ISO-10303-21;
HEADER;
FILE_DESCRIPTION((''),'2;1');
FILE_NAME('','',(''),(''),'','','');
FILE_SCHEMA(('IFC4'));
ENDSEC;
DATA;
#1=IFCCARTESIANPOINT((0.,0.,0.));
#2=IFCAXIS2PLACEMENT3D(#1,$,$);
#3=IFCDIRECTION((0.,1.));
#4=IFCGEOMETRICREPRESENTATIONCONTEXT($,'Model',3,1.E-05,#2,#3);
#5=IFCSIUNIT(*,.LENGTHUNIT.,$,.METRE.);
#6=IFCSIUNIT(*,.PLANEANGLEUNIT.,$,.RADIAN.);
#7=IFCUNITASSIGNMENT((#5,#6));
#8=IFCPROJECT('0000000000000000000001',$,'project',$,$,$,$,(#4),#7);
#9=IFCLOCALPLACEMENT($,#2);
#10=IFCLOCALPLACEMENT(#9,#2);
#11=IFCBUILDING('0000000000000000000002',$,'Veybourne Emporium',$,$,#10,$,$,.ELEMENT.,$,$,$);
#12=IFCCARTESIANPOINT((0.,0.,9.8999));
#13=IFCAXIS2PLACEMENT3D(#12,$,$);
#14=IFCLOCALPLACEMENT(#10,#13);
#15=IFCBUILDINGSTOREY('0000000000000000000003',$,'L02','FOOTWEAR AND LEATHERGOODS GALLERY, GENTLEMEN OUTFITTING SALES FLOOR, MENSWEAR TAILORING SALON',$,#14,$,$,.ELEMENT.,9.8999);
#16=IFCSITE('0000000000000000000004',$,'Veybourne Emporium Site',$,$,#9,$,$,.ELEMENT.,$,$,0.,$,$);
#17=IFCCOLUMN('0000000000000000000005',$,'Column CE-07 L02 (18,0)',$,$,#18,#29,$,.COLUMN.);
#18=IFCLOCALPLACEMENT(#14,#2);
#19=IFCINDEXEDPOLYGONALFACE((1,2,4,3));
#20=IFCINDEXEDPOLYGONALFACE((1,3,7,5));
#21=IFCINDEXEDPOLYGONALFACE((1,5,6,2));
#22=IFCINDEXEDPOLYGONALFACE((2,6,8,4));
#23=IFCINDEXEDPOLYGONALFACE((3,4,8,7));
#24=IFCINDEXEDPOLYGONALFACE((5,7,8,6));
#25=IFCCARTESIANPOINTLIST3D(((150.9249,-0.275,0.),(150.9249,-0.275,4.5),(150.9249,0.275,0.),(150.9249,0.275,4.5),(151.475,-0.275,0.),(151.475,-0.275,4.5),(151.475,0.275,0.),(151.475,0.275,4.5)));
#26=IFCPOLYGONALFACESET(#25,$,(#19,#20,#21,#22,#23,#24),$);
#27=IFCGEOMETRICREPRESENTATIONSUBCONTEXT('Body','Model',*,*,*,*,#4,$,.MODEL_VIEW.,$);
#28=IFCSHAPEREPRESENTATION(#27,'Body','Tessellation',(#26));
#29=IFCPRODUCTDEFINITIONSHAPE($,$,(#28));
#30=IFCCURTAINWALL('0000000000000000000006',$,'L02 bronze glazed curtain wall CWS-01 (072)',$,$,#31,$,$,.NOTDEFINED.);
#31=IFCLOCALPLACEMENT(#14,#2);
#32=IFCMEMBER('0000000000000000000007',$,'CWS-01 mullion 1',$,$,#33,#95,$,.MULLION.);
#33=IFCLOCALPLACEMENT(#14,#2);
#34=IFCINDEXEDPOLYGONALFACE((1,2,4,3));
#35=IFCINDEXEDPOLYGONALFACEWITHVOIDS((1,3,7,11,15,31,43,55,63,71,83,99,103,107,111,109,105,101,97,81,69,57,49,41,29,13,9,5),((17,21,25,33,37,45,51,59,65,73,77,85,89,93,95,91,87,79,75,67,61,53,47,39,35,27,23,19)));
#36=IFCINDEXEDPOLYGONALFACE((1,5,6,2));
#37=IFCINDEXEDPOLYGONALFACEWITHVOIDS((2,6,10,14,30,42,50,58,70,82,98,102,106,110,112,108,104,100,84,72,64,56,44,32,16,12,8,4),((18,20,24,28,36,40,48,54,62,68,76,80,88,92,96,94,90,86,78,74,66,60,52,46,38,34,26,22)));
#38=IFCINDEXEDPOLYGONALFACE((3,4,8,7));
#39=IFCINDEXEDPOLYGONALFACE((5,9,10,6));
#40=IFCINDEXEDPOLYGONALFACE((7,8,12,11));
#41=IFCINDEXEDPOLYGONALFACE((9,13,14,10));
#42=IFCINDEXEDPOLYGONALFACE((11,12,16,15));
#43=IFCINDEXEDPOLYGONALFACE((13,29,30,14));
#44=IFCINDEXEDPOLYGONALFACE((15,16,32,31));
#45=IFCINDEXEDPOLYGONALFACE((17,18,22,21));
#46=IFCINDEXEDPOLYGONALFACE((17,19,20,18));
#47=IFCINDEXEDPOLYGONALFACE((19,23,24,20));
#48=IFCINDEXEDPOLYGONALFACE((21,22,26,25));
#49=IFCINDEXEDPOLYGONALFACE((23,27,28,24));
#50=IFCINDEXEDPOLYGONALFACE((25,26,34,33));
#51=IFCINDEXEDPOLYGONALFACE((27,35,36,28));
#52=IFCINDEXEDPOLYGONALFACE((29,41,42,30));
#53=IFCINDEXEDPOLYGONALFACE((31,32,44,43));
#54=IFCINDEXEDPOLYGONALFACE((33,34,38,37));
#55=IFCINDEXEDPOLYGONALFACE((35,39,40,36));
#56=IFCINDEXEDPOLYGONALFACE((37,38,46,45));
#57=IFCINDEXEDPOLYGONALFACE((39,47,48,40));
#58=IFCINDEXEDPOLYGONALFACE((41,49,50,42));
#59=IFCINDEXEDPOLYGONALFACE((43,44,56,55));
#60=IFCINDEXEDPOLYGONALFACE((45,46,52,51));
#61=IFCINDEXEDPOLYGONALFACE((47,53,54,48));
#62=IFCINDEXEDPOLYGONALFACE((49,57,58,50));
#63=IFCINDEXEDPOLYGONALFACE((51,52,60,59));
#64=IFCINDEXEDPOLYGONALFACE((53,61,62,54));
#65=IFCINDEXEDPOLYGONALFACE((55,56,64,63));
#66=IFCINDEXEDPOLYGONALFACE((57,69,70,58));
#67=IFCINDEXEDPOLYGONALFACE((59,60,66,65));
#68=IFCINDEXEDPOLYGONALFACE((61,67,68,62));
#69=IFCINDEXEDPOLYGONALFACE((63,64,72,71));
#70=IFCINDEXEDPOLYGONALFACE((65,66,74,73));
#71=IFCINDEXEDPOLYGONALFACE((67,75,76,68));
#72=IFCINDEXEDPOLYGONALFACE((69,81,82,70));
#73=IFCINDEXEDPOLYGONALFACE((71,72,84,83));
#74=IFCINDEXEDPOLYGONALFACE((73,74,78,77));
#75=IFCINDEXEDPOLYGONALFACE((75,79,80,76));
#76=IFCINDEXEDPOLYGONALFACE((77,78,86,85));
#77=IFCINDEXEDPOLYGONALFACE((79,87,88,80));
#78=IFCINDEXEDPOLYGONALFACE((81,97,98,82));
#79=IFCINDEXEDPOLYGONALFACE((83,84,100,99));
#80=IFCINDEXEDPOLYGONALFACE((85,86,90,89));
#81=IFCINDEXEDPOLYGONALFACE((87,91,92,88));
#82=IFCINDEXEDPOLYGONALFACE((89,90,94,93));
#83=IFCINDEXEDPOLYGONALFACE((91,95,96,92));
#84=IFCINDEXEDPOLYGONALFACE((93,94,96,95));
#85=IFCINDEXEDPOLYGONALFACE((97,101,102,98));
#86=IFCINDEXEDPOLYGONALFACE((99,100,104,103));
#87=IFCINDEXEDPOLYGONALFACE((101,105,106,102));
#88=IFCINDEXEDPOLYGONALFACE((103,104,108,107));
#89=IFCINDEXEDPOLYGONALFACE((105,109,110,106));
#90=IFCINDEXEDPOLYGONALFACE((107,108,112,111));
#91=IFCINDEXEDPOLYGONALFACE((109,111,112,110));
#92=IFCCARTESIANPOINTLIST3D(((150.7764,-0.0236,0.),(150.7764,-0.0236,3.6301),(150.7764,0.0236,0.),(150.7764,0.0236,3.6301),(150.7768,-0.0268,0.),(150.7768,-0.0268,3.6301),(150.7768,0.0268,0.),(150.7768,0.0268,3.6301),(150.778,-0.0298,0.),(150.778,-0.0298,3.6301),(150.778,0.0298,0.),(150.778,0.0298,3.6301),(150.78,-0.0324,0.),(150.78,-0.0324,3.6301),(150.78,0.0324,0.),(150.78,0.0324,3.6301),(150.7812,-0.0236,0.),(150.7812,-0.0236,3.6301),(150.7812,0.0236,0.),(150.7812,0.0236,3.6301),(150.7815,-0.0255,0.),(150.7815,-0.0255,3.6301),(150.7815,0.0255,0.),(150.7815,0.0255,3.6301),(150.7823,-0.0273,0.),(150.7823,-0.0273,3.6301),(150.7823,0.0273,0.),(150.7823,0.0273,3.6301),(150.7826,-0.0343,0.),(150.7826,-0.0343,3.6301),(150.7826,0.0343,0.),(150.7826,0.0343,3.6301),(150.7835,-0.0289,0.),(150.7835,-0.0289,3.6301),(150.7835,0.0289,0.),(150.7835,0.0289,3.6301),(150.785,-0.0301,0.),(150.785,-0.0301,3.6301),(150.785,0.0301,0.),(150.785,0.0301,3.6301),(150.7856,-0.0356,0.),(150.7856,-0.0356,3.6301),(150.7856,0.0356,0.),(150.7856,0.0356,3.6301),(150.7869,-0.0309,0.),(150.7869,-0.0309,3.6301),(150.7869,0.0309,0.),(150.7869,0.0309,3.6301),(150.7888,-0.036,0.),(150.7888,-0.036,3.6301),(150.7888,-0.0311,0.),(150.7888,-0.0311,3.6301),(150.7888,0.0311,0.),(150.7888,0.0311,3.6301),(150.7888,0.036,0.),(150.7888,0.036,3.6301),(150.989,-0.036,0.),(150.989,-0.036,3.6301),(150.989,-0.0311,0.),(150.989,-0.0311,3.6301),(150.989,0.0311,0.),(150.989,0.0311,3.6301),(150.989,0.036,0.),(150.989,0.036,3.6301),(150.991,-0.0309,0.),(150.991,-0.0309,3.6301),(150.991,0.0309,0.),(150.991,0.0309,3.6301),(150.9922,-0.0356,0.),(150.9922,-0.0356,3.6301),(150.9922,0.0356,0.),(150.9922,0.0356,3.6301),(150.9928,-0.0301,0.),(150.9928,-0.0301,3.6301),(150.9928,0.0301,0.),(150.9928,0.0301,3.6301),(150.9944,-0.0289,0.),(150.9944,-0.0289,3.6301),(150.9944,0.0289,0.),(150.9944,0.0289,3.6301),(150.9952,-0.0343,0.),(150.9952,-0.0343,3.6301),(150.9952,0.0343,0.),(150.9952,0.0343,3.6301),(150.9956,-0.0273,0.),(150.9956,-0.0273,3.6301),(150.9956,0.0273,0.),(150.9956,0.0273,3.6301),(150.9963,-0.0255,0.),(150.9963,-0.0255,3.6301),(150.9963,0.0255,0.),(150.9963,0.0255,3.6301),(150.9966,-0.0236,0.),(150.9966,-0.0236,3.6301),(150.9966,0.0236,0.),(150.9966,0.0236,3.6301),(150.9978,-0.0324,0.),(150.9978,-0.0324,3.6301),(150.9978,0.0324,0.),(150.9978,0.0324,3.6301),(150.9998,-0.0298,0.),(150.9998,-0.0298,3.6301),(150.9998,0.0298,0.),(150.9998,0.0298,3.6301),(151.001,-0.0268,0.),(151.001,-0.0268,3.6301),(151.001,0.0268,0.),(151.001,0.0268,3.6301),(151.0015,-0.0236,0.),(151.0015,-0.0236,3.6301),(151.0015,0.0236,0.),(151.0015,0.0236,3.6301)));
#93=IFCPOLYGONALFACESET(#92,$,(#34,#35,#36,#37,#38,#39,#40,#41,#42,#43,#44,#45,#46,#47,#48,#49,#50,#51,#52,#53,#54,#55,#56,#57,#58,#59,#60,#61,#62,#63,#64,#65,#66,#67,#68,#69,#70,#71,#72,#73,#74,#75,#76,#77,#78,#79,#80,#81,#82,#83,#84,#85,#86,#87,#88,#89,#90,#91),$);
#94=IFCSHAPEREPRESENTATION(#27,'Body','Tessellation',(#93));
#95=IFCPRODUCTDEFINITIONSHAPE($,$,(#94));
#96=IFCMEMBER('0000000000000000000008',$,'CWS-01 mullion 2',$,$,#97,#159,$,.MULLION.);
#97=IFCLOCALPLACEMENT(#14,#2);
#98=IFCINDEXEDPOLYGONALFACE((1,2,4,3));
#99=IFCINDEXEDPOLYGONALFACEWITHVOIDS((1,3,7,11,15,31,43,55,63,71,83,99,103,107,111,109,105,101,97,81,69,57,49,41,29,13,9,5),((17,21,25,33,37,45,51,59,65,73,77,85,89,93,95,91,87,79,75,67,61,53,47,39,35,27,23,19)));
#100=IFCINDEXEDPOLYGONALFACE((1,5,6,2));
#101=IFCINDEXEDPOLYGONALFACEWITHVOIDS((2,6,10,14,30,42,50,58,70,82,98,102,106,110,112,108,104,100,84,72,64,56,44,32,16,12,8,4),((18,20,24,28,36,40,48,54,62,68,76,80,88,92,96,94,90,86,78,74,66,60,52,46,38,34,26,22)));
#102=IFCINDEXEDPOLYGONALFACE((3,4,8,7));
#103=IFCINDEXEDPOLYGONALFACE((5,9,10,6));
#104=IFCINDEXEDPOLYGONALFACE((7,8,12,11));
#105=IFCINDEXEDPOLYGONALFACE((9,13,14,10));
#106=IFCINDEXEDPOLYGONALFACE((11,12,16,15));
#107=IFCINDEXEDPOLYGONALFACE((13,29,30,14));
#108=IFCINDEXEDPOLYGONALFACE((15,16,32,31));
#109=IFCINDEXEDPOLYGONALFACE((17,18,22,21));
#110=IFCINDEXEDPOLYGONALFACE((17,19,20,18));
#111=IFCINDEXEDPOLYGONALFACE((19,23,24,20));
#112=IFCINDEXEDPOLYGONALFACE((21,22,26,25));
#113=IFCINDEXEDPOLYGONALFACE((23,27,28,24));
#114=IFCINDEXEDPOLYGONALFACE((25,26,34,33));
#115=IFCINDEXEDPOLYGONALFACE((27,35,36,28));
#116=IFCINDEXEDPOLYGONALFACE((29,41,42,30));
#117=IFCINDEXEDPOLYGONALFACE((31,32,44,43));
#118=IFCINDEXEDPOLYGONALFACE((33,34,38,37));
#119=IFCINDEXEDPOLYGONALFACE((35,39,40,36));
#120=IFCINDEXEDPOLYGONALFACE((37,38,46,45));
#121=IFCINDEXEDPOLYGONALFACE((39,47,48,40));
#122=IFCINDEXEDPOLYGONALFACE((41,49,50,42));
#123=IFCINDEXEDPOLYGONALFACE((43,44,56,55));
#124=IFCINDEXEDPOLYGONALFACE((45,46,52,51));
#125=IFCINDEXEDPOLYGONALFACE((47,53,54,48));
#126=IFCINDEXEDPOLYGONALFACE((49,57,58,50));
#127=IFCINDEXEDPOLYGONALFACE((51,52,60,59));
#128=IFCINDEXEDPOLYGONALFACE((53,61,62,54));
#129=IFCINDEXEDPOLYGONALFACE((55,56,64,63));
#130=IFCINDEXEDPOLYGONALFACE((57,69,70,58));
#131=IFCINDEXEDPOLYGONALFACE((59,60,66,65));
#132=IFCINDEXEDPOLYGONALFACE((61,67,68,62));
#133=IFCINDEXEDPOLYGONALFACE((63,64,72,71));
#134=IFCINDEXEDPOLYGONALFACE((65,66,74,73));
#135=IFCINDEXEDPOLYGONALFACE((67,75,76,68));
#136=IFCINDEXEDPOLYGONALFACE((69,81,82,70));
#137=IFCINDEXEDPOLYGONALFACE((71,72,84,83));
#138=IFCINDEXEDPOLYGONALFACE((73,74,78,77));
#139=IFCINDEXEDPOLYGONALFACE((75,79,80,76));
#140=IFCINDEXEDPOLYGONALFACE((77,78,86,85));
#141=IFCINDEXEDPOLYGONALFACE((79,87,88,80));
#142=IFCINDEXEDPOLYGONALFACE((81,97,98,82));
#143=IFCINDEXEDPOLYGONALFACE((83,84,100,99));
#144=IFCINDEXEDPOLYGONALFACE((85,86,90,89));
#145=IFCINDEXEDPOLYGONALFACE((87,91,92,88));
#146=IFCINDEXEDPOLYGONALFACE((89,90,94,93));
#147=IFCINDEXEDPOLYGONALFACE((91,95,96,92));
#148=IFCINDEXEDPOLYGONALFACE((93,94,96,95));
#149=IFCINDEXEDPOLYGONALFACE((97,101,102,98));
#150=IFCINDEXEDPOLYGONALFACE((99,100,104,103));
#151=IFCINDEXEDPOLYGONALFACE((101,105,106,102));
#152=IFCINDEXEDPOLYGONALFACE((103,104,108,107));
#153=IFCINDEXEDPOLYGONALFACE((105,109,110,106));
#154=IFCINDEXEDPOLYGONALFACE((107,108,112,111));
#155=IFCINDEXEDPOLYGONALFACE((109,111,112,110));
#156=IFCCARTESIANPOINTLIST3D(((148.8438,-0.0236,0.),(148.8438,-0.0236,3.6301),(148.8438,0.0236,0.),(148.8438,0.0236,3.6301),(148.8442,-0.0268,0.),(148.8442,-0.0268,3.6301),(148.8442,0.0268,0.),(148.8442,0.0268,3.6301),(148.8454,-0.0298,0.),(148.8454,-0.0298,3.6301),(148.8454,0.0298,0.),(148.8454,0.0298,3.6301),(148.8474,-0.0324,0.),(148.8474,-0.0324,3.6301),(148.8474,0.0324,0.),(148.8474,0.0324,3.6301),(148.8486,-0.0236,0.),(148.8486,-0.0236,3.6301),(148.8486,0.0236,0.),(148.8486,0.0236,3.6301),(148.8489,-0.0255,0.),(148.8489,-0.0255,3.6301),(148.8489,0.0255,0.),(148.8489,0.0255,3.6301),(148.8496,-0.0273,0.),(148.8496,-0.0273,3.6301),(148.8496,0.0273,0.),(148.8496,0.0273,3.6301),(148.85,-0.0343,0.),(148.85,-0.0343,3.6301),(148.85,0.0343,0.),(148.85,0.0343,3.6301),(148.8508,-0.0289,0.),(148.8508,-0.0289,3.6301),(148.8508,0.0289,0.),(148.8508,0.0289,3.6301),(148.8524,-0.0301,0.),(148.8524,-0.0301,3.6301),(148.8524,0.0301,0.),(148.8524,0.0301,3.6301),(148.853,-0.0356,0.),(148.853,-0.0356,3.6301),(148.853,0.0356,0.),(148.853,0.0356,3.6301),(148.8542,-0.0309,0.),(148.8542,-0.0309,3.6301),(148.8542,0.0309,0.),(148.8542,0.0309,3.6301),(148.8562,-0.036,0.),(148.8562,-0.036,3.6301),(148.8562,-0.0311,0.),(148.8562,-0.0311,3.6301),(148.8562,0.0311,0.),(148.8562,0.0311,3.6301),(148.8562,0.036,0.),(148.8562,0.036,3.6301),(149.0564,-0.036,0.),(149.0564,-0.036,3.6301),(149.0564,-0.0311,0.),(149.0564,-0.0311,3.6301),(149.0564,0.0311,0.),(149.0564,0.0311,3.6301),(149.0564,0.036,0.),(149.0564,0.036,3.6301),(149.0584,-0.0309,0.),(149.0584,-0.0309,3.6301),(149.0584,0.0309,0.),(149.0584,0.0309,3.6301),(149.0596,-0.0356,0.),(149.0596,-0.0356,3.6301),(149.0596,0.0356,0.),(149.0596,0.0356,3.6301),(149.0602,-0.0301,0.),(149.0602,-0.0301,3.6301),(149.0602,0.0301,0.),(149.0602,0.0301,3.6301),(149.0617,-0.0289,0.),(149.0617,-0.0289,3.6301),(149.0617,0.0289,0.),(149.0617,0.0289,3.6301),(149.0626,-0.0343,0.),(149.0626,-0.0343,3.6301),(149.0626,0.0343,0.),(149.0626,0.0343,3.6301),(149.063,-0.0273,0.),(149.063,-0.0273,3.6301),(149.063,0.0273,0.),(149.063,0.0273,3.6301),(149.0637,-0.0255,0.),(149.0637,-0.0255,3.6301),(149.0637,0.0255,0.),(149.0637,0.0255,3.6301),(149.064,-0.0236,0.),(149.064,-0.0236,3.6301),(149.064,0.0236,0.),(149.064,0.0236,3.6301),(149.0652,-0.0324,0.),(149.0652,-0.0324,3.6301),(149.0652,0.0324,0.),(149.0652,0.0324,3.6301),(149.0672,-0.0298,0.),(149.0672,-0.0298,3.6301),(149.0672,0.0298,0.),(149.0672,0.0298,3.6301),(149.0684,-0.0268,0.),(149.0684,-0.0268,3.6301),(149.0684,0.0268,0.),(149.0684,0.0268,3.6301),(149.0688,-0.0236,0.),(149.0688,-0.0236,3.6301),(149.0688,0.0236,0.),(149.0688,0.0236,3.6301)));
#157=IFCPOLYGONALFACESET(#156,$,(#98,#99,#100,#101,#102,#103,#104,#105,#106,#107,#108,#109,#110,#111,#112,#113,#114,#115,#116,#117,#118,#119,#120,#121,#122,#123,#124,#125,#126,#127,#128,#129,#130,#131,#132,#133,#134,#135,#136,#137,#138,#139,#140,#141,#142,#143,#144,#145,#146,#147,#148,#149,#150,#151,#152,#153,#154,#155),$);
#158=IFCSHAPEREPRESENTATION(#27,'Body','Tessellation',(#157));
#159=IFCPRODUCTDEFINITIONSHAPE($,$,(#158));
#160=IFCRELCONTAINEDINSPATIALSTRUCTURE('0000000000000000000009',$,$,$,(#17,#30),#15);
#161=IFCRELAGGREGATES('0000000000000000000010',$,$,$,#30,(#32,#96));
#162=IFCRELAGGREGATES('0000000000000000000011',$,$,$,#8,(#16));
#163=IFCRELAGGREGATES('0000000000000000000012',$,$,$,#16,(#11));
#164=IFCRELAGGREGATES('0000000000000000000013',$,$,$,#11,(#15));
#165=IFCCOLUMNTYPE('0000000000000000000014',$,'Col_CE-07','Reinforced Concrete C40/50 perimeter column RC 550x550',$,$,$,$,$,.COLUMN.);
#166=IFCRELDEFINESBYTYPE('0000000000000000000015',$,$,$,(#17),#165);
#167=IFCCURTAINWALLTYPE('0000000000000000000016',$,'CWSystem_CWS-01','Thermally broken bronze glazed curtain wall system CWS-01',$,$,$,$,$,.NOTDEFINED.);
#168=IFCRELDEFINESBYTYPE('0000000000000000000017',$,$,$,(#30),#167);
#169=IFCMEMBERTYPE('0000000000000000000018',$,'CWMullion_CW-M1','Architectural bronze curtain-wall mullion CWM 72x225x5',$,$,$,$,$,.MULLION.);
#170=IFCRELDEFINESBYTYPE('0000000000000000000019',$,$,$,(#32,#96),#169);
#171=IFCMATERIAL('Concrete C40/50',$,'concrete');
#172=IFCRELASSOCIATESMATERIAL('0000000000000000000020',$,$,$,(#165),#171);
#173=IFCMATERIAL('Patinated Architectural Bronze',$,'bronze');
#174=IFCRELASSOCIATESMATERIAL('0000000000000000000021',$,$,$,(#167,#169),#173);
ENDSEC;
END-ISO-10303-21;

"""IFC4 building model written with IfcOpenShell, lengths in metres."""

from ifc_helpers import new_model, si_unit, direction, frame, origin, origin_2d, place, context, subcontext, project, spatial, rectangle, hollow_rectangle, extrude, material, material_profile, profile_set, type_object, element, aggregate, save


model = new_model("IFC4")

# Units and contexts
model_context = context("Model", 3, precision=1e-05, world=origin(), true_north=direction((0.0, 1.0)))
body_context = subcontext(model_context, "Body", "Model", "MODEL_VIEW")
ifc_project = project(units=[si_unit("LENGTHUNIT", "METRE"), si_unit("PLANEANGLEUNIT", "RADIAN")], contexts=[model_context])

# Site, building, storey
site_placement = place(None, origin())
site = spatial("IfcSite", under=ifc_project, at=site_placement, Name="Veybourne Emporium Site", CompositionType="ELEMENT", RefElevation=0.0)
building_placement = place(site_placement, origin())
building = spatial("IfcBuilding", under=site, at=building_placement, Name="Veybourne Emporium", CompositionType="ELEMENT")
storey_placement = place(building_placement, frame((0.0, 0.0, 9.8999)))
storey = spatial("IfcBuildingStorey", under=building, at=storey_placement, Name="L02", Description="FOOTWEAR AND LEATHERGOODS GALLERY, GENTLEMEN OUTFITTING SALES FLOOR, MENSWEAR TAILORING SALON", CompositionType="ELEMENT", Elevation=9.8999)

# Column
ifc_material_1 = material(Name="Concrete C40/50", Category="concrete")
ifc_material_profile_1 = material_profile(ifc_material_1, rectangle(XDim=0.55, YDim=0.55, at=origin_2d()), Name="RC 550x550")
ifc_profile_set_1 = profile_set([ifc_material_profile_1], Name="Concrete C40/50")
column_type = type_object("IfcColumnType", Name="Col_CE-07", Description="Reinforced Concrete C40/50 perimeter column RC 550x550", PredefinedType="COLUMN", material=ifc_profile_set_1)
column_placement = place(storey_placement, frame((151.2, 0.0, 0.0), z_axis=(0.0, 0.0, 1.0), x_axis=(1.0, 0.0, 0.0)))
element("IfcColumn", 1, at=column_placement, inside=storey, type_object=column_type, Name="Column CE-07 L02 (18,0)", PredefinedType="COLUMN", context=body_context, shape_type="SweptSolid", body=[
    extrude(rectangle(XDim=0.55, YDim=0.55, at=origin_2d()), origin(), (0.0, 0.0, 1.0), 4.5),
])

# Curtain wall, members
ifc_material_2 = material(Name="Patinated Architectural Bronze", Category="bronze")
curtain_wall_type_1 = type_object("IfcCurtainWallType", Name="CWSystem_CWS-01", Description="Thermally broken bronze glazed curtain wall system CWS-01", PredefinedType="NOTDEFINED", material=ifc_material_2)
curtain_wall_1_placement = place(storey_placement, origin())
curtain_wall_1 = element("IfcCurtainWall", 2, at=curtain_wall_1_placement, inside=storey, type_object=curtain_wall_type_1, Name="L02 bronze glazed curtain wall CWS-01 (072)", PredefinedType="NOTDEFINED")
ifc_material_profile_2 = material_profile(ifc_material_2, hollow_rectangle(XDim=0.072, YDim=0.2251, WallThickness=0.0049, InnerFilletRadius=0.0076, OuterFilletRadius=0.0125, at=origin_2d()), Name="CWM 72x225x5")
ifc_profile_set_2 = profile_set([ifc_material_profile_2], Name="Patinated Architectural Bronze")
member_type_1 = type_object("IfcMemberType", Name="CWMullion_CW-M1", Description="Architectural bronze curtain-wall mullion CWM 72x225x5", PredefinedType="MULLION", material=ifc_profile_set_2)
member_1_placement = place(storey_placement, frame((150.8889, 0.0, 0.0), z_axis=(0.0, 0.0, 1.0), x_axis=(0.0, -1.0, 0.0)))
member_1 = element("IfcMember", 3, at=member_1_placement, type_object=member_type_1, Name="CWS-01 mullion 1", PredefinedType="MULLION", context=body_context, shape_type="SweptSolid", body=[
    extrude(hollow_rectangle(XDim=0.072, YDim=0.2251, WallThickness=0.0049, InnerFilletRadius=0.0076, OuterFilletRadius=0.0125, at=origin_2d()), origin(), (0.0, 0.0, 1.0), 3.6301),
])
member_2_placement = place(storey_placement, frame((148.9563, 0.0, 0.0), z_axis=(0.0, 0.0, 1.0), x_axis=(0.0, -1.0, 0.0)))
member_2 = element("IfcMember", 4, at=member_2_placement, type_object=member_type_1, Name="CWS-01 mullion 2", PredefinedType="MULLION", context=body_context, shape_type="SweptSolid", body=[
    extrude(hollow_rectangle(XDim=0.072, YDim=0.2251, WallThickness=0.0049, InnerFilletRadius=0.0076, OuterFilletRadius=0.0125, at=origin_2d()), origin(), (0.0, 0.0, 1.0), 3.6301),
])

aggregate(curtain_wall_1, [member_1, member_2])

save(model, "model.ifc")
